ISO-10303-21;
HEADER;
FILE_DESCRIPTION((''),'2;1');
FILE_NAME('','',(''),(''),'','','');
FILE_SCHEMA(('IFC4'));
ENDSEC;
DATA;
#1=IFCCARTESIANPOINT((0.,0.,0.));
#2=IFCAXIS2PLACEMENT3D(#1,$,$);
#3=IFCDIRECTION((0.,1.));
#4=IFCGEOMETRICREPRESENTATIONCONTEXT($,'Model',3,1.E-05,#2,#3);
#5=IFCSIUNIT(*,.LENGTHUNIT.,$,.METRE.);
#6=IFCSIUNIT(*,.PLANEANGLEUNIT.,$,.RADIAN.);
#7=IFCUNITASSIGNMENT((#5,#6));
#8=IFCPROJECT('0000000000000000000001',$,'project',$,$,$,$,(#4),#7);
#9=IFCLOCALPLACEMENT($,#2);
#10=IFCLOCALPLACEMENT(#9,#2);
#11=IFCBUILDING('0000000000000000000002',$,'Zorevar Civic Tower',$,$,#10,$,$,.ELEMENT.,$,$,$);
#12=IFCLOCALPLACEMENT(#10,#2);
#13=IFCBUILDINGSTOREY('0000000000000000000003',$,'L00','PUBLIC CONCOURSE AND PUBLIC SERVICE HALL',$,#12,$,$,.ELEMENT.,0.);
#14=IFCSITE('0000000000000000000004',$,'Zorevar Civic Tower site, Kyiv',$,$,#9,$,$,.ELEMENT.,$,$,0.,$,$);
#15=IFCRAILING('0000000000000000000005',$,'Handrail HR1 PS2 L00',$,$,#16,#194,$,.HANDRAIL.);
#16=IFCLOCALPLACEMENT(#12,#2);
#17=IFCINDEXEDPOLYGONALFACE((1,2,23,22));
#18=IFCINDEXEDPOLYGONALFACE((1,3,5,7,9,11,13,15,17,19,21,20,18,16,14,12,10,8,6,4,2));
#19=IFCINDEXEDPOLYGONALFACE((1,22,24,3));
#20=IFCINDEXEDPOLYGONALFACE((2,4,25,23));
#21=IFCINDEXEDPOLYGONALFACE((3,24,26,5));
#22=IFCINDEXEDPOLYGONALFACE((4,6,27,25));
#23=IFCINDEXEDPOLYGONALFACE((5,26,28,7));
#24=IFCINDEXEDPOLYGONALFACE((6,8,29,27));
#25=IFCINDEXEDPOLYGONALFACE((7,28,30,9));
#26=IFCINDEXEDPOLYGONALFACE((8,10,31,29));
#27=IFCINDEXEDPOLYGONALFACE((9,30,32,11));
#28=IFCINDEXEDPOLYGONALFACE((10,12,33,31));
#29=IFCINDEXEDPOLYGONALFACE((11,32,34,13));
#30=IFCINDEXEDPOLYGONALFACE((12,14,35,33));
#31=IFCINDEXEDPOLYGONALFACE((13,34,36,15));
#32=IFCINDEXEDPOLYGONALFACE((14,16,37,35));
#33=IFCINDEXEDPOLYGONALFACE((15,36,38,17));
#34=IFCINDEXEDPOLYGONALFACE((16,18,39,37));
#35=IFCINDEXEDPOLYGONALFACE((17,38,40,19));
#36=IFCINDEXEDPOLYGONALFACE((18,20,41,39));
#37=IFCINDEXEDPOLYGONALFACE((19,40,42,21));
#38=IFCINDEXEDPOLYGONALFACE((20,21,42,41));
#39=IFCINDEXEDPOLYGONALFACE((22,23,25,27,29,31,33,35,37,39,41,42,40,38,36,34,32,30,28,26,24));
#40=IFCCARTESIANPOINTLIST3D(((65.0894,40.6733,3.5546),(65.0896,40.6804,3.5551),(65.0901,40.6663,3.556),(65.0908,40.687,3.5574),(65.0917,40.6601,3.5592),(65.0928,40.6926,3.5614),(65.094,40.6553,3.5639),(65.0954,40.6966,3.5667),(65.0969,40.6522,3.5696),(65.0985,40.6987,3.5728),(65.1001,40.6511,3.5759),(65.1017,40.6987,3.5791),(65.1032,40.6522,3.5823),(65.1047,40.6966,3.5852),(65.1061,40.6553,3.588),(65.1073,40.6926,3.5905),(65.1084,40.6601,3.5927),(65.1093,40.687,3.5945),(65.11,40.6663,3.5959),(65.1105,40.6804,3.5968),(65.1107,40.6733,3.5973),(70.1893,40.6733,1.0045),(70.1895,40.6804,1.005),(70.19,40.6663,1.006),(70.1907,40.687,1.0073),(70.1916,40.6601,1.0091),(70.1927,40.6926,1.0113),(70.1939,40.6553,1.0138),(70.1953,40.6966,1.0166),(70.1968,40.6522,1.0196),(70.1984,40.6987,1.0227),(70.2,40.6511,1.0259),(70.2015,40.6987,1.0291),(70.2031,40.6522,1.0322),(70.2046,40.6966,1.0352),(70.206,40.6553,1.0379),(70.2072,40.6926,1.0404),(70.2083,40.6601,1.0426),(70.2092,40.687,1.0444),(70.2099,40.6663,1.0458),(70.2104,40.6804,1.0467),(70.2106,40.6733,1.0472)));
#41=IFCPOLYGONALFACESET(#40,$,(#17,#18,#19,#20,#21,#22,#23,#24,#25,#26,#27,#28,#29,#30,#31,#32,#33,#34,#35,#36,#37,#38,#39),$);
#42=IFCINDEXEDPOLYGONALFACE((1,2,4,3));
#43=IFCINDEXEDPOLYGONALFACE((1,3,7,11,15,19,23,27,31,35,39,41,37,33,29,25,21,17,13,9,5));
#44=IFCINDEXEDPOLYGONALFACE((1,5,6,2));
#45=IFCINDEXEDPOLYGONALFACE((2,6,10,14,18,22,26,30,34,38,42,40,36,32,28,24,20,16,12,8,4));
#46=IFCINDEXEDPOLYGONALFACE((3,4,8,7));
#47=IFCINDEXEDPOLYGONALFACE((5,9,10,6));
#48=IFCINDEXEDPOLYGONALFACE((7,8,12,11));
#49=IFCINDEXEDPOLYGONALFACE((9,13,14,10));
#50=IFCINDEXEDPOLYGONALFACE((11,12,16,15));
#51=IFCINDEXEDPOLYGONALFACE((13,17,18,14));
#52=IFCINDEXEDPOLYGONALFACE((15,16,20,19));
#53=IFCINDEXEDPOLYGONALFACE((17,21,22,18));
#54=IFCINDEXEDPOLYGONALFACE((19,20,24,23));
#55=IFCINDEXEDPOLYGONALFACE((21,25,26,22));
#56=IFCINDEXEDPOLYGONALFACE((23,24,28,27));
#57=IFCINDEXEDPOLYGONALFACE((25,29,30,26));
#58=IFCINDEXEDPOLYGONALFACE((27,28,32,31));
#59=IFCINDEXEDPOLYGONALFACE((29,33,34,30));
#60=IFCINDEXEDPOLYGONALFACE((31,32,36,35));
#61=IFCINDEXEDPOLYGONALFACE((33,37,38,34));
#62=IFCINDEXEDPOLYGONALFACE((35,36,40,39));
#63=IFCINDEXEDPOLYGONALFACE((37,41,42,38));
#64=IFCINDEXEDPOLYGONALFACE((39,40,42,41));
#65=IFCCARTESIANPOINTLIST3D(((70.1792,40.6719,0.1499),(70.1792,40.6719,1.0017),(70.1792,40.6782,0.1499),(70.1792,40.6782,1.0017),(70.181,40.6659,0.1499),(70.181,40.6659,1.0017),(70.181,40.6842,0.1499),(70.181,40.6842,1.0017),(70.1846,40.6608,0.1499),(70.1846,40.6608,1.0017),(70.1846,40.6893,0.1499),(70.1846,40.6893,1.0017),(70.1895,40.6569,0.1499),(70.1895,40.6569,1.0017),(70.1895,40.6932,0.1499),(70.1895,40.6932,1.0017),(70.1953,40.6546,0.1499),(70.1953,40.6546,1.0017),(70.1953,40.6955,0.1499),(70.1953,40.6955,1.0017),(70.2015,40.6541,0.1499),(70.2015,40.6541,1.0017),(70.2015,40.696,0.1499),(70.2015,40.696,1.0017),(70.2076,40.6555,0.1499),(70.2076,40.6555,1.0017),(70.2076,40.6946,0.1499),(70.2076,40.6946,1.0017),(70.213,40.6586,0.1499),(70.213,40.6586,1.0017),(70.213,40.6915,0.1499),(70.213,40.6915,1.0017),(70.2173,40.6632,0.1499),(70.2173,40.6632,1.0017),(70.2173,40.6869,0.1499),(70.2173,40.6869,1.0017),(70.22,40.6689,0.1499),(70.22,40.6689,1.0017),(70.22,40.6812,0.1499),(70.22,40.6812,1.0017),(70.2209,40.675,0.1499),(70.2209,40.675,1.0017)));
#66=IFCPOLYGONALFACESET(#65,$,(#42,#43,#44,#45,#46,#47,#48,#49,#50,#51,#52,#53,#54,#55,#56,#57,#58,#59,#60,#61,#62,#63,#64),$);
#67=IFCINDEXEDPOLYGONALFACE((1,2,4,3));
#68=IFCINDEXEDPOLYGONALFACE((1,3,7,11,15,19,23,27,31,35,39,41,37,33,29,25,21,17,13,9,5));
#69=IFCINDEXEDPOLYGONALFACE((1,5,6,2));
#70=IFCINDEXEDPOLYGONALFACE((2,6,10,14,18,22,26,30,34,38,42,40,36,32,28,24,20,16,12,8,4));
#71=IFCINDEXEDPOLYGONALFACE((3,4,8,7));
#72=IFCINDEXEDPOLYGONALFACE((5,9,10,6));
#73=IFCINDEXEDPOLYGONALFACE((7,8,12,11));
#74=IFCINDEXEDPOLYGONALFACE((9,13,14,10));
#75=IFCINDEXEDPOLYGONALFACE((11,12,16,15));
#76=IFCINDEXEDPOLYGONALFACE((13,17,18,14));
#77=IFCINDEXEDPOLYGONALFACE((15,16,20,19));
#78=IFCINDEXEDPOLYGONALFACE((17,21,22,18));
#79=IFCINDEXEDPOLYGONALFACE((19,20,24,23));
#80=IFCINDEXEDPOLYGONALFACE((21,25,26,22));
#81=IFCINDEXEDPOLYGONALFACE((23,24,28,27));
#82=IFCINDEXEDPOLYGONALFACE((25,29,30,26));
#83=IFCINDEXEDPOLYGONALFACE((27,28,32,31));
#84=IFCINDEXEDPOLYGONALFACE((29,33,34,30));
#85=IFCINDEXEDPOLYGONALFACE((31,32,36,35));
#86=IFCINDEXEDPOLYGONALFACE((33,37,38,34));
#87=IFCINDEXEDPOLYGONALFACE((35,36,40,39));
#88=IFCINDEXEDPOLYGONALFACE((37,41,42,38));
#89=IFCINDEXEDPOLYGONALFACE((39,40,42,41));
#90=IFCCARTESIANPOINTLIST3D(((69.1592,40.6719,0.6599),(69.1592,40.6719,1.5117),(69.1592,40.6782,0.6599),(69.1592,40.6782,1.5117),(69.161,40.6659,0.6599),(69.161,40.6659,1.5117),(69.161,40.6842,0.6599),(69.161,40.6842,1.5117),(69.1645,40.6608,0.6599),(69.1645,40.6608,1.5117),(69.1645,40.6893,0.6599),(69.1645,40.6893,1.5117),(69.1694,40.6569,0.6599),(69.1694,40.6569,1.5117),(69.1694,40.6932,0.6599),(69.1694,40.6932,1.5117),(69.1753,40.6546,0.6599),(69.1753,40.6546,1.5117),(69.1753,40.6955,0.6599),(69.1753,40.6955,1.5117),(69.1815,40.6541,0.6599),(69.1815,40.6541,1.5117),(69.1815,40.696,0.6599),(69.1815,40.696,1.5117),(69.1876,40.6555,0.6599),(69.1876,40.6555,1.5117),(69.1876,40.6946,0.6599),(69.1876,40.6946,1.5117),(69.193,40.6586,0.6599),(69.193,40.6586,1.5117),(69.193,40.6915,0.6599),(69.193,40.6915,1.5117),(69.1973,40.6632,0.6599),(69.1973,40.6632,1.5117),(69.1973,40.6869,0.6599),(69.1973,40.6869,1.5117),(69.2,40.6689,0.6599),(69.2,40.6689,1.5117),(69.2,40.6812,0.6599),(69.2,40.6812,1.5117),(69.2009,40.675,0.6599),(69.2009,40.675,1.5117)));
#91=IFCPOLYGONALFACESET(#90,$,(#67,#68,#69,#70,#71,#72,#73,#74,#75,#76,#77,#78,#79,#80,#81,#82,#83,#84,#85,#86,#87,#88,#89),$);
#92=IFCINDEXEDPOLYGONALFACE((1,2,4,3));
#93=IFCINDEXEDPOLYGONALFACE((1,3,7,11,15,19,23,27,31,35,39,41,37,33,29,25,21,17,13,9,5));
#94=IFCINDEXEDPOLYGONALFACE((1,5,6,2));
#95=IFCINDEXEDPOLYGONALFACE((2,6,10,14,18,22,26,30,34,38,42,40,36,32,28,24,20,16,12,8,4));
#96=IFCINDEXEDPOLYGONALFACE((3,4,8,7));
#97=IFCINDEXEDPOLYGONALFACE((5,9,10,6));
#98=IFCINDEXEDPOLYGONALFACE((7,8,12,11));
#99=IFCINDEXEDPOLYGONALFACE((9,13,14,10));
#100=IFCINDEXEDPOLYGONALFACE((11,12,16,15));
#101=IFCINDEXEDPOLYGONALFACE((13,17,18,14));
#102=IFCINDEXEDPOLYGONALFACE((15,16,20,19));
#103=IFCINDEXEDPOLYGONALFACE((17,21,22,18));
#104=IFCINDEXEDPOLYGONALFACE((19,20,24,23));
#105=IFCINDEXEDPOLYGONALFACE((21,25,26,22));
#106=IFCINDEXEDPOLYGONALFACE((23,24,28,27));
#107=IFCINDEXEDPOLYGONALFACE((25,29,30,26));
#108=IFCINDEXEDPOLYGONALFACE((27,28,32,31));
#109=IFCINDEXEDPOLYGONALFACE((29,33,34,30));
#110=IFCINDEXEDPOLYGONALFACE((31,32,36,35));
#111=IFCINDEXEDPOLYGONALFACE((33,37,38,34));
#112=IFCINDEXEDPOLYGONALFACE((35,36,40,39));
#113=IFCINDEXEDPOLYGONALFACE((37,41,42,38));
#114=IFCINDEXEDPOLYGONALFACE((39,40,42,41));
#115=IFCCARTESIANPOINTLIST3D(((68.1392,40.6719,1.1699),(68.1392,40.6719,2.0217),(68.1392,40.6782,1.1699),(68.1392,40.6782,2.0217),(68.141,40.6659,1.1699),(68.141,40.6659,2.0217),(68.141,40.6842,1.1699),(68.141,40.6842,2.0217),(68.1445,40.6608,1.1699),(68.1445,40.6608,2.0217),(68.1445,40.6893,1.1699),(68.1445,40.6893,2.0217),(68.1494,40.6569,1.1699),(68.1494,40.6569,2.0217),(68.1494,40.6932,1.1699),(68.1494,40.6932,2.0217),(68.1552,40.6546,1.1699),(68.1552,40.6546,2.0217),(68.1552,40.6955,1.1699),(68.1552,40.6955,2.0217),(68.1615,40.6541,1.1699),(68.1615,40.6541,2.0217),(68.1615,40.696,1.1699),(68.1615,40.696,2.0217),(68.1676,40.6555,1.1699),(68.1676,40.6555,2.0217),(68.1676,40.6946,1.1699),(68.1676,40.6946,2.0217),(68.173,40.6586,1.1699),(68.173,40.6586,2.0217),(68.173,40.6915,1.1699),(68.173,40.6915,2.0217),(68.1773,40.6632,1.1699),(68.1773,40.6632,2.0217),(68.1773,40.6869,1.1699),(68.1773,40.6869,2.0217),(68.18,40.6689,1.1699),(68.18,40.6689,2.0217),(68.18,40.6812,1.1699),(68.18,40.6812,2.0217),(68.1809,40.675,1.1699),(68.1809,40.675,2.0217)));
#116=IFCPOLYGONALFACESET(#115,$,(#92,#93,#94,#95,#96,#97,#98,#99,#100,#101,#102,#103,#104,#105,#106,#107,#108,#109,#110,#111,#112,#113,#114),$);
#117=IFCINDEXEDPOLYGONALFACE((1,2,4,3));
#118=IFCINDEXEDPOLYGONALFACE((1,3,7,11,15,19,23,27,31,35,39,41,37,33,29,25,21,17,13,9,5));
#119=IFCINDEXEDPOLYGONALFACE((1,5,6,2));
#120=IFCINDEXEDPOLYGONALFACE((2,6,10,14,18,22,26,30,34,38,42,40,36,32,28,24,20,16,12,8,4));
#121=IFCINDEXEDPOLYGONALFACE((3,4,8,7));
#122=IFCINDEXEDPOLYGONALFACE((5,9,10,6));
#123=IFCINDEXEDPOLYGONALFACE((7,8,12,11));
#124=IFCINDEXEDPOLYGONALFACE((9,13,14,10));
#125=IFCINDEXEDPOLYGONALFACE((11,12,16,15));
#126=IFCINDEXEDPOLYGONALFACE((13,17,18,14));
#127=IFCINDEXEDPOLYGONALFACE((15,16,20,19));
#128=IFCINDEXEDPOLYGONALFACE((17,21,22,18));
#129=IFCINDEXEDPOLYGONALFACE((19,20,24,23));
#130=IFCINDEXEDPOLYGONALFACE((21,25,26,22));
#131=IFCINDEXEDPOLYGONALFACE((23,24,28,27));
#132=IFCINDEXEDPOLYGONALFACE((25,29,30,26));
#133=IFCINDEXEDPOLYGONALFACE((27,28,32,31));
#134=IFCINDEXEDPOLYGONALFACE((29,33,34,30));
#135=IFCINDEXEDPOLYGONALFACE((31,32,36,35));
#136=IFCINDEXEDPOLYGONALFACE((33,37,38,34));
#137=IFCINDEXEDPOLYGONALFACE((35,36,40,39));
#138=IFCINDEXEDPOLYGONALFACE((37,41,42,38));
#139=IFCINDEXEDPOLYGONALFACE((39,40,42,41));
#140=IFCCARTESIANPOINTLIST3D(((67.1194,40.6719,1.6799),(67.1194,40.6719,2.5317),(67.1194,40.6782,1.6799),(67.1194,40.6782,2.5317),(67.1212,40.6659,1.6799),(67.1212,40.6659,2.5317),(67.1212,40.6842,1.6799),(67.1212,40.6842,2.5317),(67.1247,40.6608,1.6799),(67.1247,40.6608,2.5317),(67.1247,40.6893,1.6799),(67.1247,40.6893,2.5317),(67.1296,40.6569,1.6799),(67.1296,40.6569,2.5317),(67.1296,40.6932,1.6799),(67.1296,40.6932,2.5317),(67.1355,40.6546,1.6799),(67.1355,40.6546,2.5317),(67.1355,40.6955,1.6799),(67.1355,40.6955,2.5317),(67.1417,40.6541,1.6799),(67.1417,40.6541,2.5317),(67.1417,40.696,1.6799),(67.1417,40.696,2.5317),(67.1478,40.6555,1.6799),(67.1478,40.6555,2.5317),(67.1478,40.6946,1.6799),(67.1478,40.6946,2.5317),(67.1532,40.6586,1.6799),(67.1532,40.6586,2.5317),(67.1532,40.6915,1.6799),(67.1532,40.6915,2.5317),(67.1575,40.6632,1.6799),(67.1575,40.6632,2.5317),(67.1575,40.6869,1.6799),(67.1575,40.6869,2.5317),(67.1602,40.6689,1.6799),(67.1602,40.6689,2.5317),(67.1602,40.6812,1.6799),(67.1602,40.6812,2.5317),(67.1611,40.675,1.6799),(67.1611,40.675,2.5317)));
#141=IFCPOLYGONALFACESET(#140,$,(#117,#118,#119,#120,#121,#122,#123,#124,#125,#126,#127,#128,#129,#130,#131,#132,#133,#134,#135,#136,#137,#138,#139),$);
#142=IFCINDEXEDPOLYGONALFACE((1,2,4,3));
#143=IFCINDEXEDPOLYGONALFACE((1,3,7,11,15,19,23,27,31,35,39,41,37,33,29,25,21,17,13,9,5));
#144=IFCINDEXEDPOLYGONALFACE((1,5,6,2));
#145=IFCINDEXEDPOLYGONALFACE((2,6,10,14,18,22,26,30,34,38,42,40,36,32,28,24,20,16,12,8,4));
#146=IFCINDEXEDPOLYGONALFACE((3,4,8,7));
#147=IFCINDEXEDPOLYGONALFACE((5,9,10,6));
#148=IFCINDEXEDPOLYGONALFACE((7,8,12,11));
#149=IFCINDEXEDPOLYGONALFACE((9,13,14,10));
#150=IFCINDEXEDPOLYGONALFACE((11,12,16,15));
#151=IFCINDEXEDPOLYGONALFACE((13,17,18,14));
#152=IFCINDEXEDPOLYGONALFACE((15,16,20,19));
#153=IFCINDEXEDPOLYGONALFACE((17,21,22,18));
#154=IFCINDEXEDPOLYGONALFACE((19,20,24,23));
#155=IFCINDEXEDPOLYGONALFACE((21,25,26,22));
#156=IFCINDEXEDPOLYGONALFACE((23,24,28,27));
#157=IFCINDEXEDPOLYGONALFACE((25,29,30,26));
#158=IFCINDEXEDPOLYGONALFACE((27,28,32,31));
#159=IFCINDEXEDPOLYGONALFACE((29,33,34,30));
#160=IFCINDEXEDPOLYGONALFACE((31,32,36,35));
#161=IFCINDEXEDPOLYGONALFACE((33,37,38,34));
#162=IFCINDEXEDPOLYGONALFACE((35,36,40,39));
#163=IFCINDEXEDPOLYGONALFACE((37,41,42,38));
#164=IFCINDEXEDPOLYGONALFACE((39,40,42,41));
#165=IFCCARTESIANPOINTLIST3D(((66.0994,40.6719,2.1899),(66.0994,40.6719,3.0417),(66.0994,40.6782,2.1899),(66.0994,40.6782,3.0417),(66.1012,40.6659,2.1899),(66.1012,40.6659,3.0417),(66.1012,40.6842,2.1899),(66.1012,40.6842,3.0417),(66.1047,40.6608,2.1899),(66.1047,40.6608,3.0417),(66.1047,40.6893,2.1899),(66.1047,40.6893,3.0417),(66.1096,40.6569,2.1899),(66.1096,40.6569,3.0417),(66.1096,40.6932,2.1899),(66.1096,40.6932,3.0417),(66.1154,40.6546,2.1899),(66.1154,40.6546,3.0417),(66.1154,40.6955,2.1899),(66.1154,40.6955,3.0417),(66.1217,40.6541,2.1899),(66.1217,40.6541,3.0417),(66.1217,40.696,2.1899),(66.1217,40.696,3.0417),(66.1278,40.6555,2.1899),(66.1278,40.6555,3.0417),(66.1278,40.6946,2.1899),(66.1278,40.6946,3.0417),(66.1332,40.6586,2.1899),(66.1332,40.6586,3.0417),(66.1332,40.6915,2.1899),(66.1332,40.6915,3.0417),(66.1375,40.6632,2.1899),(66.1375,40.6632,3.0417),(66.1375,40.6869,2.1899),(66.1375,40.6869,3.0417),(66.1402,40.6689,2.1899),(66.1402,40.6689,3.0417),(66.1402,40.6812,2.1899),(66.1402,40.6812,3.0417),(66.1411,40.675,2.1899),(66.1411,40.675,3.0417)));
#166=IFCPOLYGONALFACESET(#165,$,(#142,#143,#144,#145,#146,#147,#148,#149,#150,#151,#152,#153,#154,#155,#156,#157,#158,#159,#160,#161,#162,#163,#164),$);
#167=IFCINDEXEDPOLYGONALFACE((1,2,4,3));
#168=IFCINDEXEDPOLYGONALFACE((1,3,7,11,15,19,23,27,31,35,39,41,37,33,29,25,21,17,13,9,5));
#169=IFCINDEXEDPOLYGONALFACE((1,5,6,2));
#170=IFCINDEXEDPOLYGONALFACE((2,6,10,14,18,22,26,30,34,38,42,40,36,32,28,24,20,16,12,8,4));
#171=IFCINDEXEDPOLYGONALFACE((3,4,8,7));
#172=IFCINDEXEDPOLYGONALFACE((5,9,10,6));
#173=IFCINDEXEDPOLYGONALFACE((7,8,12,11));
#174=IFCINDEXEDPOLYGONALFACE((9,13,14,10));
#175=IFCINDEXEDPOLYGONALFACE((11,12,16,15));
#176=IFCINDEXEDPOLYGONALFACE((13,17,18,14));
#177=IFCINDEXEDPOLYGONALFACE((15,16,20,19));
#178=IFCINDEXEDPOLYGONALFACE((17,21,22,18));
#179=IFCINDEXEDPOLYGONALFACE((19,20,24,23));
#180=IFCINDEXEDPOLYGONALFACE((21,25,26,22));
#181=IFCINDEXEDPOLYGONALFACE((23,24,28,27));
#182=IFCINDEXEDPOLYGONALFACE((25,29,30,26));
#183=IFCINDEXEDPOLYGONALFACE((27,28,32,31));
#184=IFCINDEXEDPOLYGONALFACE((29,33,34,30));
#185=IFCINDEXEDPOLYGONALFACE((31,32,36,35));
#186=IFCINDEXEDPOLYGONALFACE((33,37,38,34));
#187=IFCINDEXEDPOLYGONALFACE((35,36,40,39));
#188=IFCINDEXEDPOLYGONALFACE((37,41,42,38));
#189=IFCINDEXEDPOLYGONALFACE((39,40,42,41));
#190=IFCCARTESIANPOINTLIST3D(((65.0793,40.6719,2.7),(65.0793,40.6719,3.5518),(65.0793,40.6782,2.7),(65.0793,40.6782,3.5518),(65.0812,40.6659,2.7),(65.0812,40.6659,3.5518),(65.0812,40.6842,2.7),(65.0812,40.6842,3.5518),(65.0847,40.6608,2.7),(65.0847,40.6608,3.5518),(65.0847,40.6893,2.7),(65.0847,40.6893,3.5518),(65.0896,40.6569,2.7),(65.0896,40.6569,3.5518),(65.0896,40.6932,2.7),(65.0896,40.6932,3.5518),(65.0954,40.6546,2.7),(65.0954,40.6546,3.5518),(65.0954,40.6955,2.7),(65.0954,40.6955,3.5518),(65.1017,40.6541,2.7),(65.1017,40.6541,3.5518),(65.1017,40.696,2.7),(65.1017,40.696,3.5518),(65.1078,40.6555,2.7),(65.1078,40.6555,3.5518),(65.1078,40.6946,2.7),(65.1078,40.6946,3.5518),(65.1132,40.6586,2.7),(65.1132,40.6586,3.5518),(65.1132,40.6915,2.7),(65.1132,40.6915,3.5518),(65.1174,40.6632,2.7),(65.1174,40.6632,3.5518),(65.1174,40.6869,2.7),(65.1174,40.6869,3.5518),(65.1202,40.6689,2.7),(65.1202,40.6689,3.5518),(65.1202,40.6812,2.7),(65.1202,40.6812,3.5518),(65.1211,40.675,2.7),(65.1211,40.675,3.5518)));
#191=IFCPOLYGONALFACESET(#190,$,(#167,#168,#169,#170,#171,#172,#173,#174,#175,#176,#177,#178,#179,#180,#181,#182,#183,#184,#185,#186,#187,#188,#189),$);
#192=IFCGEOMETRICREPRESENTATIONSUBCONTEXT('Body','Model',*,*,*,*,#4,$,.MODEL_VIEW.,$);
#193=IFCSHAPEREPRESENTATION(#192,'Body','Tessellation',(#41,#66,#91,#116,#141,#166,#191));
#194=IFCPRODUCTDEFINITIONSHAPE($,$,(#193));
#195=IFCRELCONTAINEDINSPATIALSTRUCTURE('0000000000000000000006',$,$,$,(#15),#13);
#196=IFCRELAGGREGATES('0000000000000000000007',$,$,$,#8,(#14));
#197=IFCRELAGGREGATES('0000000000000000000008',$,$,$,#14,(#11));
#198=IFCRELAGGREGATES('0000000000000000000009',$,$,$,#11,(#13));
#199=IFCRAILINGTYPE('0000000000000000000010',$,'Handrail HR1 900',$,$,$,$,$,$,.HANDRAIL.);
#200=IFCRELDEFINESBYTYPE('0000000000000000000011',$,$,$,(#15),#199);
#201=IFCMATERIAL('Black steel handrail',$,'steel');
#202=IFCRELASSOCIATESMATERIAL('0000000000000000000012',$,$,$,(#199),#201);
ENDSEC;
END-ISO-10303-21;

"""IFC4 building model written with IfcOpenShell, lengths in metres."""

from ifc_helpers import new_model, si_unit, direction, frame, origin, origin_2d, place, context, subcontext, project, spatial, circle, extrude, material, type_object, element, save


model = new_model("IFC4")

# Units and contexts
model_context = context("Model", 3, precision=1e-05, world=origin(), true_north=direction((0.0, 1.0)))
body_context = subcontext(model_context, "Body", "Model", "MODEL_VIEW")
ifc_project = project(units=[si_unit("LENGTHUNIT", "METRE"), si_unit("PLANEANGLEUNIT", "RADIAN")], contexts=[model_context])

# Site, building, storey
site_placement = place(None, origin())
site = spatial("IfcSite", under=ifc_project, at=site_placement, Name="Zorevar Civic Tower site, Kyiv", CompositionType="ELEMENT", RefElevation=0.0)
building_placement = place(site_placement, origin())
building = spatial("IfcBuilding", under=site, at=building_placement, Name="Zorevar Civic Tower", CompositionType="ELEMENT")
storey_placement = place(building_placement, origin())
storey = spatial("IfcBuildingStorey", under=building, at=storey_placement, Name="L00", Description="PUBLIC CONCOURSE AND PUBLIC SERVICE HALL", CompositionType="ELEMENT", Elevation=0.0)

# Railing
ifc_material_1 = material(Name="Black steel handrail", Category="steel")
railing_type = type_object("IfcRailingType", Name="Handrail HR1 900", PredefinedType="HANDRAIL", material=ifc_material_1)
railing_1_placement = place(storey_placement, frame((70.2, 40.675, 0.1499)))
element("IfcRailing", 1, at=railing_1_placement, inside=storey, type_object=railing_type, Name="Handrail HR1 PS2 L00", PredefinedType="HANDRAIL", context=body_context, shape_type="SweptSolid", body=[
    extrude(circle(Radius=0.0239, at=origin_2d()), frame((0.0, 0.0, 0.876), z_axis=(-0.894419, 0.0, 0.447231), x_axis=(0.0, -1.0, 0.0)), (0.0, 0.0, 1.0), 5.7019),
    extrude(circle(Radius=0.021, at=origin_2d()), origin(), (0.0, 0.0, 1.0), 0.8518),
    extrude(circle(Radius=0.021, at=origin_2d()), frame((-1.02, 0.0, 0.51)), (0.0, 0.0, 1.0), 0.8518),
    extrude(circle(Radius=0.021, at=origin_2d()), frame((-2.04, 0.0, 1.02)), (0.0, 0.0, 1.0), 0.8518),
    extrude(circle(Radius=0.021, at=origin_2d()), frame((-3.0598, 0.0, 1.53)), (0.0, 0.0, 1.0), 0.8518),
    extrude(circle(Radius=0.021, at=origin_2d()), frame((-4.0798, 0.0, 2.04)), (0.0, 0.0, 1.0), 0.8518),
    extrude(circle(Radius=0.021, at=origin_2d()), frame((-5.0999, 0.0, 2.55)), (0.0, 0.0, 1.0), 0.8518),
])

save(model, "model.ifc")
